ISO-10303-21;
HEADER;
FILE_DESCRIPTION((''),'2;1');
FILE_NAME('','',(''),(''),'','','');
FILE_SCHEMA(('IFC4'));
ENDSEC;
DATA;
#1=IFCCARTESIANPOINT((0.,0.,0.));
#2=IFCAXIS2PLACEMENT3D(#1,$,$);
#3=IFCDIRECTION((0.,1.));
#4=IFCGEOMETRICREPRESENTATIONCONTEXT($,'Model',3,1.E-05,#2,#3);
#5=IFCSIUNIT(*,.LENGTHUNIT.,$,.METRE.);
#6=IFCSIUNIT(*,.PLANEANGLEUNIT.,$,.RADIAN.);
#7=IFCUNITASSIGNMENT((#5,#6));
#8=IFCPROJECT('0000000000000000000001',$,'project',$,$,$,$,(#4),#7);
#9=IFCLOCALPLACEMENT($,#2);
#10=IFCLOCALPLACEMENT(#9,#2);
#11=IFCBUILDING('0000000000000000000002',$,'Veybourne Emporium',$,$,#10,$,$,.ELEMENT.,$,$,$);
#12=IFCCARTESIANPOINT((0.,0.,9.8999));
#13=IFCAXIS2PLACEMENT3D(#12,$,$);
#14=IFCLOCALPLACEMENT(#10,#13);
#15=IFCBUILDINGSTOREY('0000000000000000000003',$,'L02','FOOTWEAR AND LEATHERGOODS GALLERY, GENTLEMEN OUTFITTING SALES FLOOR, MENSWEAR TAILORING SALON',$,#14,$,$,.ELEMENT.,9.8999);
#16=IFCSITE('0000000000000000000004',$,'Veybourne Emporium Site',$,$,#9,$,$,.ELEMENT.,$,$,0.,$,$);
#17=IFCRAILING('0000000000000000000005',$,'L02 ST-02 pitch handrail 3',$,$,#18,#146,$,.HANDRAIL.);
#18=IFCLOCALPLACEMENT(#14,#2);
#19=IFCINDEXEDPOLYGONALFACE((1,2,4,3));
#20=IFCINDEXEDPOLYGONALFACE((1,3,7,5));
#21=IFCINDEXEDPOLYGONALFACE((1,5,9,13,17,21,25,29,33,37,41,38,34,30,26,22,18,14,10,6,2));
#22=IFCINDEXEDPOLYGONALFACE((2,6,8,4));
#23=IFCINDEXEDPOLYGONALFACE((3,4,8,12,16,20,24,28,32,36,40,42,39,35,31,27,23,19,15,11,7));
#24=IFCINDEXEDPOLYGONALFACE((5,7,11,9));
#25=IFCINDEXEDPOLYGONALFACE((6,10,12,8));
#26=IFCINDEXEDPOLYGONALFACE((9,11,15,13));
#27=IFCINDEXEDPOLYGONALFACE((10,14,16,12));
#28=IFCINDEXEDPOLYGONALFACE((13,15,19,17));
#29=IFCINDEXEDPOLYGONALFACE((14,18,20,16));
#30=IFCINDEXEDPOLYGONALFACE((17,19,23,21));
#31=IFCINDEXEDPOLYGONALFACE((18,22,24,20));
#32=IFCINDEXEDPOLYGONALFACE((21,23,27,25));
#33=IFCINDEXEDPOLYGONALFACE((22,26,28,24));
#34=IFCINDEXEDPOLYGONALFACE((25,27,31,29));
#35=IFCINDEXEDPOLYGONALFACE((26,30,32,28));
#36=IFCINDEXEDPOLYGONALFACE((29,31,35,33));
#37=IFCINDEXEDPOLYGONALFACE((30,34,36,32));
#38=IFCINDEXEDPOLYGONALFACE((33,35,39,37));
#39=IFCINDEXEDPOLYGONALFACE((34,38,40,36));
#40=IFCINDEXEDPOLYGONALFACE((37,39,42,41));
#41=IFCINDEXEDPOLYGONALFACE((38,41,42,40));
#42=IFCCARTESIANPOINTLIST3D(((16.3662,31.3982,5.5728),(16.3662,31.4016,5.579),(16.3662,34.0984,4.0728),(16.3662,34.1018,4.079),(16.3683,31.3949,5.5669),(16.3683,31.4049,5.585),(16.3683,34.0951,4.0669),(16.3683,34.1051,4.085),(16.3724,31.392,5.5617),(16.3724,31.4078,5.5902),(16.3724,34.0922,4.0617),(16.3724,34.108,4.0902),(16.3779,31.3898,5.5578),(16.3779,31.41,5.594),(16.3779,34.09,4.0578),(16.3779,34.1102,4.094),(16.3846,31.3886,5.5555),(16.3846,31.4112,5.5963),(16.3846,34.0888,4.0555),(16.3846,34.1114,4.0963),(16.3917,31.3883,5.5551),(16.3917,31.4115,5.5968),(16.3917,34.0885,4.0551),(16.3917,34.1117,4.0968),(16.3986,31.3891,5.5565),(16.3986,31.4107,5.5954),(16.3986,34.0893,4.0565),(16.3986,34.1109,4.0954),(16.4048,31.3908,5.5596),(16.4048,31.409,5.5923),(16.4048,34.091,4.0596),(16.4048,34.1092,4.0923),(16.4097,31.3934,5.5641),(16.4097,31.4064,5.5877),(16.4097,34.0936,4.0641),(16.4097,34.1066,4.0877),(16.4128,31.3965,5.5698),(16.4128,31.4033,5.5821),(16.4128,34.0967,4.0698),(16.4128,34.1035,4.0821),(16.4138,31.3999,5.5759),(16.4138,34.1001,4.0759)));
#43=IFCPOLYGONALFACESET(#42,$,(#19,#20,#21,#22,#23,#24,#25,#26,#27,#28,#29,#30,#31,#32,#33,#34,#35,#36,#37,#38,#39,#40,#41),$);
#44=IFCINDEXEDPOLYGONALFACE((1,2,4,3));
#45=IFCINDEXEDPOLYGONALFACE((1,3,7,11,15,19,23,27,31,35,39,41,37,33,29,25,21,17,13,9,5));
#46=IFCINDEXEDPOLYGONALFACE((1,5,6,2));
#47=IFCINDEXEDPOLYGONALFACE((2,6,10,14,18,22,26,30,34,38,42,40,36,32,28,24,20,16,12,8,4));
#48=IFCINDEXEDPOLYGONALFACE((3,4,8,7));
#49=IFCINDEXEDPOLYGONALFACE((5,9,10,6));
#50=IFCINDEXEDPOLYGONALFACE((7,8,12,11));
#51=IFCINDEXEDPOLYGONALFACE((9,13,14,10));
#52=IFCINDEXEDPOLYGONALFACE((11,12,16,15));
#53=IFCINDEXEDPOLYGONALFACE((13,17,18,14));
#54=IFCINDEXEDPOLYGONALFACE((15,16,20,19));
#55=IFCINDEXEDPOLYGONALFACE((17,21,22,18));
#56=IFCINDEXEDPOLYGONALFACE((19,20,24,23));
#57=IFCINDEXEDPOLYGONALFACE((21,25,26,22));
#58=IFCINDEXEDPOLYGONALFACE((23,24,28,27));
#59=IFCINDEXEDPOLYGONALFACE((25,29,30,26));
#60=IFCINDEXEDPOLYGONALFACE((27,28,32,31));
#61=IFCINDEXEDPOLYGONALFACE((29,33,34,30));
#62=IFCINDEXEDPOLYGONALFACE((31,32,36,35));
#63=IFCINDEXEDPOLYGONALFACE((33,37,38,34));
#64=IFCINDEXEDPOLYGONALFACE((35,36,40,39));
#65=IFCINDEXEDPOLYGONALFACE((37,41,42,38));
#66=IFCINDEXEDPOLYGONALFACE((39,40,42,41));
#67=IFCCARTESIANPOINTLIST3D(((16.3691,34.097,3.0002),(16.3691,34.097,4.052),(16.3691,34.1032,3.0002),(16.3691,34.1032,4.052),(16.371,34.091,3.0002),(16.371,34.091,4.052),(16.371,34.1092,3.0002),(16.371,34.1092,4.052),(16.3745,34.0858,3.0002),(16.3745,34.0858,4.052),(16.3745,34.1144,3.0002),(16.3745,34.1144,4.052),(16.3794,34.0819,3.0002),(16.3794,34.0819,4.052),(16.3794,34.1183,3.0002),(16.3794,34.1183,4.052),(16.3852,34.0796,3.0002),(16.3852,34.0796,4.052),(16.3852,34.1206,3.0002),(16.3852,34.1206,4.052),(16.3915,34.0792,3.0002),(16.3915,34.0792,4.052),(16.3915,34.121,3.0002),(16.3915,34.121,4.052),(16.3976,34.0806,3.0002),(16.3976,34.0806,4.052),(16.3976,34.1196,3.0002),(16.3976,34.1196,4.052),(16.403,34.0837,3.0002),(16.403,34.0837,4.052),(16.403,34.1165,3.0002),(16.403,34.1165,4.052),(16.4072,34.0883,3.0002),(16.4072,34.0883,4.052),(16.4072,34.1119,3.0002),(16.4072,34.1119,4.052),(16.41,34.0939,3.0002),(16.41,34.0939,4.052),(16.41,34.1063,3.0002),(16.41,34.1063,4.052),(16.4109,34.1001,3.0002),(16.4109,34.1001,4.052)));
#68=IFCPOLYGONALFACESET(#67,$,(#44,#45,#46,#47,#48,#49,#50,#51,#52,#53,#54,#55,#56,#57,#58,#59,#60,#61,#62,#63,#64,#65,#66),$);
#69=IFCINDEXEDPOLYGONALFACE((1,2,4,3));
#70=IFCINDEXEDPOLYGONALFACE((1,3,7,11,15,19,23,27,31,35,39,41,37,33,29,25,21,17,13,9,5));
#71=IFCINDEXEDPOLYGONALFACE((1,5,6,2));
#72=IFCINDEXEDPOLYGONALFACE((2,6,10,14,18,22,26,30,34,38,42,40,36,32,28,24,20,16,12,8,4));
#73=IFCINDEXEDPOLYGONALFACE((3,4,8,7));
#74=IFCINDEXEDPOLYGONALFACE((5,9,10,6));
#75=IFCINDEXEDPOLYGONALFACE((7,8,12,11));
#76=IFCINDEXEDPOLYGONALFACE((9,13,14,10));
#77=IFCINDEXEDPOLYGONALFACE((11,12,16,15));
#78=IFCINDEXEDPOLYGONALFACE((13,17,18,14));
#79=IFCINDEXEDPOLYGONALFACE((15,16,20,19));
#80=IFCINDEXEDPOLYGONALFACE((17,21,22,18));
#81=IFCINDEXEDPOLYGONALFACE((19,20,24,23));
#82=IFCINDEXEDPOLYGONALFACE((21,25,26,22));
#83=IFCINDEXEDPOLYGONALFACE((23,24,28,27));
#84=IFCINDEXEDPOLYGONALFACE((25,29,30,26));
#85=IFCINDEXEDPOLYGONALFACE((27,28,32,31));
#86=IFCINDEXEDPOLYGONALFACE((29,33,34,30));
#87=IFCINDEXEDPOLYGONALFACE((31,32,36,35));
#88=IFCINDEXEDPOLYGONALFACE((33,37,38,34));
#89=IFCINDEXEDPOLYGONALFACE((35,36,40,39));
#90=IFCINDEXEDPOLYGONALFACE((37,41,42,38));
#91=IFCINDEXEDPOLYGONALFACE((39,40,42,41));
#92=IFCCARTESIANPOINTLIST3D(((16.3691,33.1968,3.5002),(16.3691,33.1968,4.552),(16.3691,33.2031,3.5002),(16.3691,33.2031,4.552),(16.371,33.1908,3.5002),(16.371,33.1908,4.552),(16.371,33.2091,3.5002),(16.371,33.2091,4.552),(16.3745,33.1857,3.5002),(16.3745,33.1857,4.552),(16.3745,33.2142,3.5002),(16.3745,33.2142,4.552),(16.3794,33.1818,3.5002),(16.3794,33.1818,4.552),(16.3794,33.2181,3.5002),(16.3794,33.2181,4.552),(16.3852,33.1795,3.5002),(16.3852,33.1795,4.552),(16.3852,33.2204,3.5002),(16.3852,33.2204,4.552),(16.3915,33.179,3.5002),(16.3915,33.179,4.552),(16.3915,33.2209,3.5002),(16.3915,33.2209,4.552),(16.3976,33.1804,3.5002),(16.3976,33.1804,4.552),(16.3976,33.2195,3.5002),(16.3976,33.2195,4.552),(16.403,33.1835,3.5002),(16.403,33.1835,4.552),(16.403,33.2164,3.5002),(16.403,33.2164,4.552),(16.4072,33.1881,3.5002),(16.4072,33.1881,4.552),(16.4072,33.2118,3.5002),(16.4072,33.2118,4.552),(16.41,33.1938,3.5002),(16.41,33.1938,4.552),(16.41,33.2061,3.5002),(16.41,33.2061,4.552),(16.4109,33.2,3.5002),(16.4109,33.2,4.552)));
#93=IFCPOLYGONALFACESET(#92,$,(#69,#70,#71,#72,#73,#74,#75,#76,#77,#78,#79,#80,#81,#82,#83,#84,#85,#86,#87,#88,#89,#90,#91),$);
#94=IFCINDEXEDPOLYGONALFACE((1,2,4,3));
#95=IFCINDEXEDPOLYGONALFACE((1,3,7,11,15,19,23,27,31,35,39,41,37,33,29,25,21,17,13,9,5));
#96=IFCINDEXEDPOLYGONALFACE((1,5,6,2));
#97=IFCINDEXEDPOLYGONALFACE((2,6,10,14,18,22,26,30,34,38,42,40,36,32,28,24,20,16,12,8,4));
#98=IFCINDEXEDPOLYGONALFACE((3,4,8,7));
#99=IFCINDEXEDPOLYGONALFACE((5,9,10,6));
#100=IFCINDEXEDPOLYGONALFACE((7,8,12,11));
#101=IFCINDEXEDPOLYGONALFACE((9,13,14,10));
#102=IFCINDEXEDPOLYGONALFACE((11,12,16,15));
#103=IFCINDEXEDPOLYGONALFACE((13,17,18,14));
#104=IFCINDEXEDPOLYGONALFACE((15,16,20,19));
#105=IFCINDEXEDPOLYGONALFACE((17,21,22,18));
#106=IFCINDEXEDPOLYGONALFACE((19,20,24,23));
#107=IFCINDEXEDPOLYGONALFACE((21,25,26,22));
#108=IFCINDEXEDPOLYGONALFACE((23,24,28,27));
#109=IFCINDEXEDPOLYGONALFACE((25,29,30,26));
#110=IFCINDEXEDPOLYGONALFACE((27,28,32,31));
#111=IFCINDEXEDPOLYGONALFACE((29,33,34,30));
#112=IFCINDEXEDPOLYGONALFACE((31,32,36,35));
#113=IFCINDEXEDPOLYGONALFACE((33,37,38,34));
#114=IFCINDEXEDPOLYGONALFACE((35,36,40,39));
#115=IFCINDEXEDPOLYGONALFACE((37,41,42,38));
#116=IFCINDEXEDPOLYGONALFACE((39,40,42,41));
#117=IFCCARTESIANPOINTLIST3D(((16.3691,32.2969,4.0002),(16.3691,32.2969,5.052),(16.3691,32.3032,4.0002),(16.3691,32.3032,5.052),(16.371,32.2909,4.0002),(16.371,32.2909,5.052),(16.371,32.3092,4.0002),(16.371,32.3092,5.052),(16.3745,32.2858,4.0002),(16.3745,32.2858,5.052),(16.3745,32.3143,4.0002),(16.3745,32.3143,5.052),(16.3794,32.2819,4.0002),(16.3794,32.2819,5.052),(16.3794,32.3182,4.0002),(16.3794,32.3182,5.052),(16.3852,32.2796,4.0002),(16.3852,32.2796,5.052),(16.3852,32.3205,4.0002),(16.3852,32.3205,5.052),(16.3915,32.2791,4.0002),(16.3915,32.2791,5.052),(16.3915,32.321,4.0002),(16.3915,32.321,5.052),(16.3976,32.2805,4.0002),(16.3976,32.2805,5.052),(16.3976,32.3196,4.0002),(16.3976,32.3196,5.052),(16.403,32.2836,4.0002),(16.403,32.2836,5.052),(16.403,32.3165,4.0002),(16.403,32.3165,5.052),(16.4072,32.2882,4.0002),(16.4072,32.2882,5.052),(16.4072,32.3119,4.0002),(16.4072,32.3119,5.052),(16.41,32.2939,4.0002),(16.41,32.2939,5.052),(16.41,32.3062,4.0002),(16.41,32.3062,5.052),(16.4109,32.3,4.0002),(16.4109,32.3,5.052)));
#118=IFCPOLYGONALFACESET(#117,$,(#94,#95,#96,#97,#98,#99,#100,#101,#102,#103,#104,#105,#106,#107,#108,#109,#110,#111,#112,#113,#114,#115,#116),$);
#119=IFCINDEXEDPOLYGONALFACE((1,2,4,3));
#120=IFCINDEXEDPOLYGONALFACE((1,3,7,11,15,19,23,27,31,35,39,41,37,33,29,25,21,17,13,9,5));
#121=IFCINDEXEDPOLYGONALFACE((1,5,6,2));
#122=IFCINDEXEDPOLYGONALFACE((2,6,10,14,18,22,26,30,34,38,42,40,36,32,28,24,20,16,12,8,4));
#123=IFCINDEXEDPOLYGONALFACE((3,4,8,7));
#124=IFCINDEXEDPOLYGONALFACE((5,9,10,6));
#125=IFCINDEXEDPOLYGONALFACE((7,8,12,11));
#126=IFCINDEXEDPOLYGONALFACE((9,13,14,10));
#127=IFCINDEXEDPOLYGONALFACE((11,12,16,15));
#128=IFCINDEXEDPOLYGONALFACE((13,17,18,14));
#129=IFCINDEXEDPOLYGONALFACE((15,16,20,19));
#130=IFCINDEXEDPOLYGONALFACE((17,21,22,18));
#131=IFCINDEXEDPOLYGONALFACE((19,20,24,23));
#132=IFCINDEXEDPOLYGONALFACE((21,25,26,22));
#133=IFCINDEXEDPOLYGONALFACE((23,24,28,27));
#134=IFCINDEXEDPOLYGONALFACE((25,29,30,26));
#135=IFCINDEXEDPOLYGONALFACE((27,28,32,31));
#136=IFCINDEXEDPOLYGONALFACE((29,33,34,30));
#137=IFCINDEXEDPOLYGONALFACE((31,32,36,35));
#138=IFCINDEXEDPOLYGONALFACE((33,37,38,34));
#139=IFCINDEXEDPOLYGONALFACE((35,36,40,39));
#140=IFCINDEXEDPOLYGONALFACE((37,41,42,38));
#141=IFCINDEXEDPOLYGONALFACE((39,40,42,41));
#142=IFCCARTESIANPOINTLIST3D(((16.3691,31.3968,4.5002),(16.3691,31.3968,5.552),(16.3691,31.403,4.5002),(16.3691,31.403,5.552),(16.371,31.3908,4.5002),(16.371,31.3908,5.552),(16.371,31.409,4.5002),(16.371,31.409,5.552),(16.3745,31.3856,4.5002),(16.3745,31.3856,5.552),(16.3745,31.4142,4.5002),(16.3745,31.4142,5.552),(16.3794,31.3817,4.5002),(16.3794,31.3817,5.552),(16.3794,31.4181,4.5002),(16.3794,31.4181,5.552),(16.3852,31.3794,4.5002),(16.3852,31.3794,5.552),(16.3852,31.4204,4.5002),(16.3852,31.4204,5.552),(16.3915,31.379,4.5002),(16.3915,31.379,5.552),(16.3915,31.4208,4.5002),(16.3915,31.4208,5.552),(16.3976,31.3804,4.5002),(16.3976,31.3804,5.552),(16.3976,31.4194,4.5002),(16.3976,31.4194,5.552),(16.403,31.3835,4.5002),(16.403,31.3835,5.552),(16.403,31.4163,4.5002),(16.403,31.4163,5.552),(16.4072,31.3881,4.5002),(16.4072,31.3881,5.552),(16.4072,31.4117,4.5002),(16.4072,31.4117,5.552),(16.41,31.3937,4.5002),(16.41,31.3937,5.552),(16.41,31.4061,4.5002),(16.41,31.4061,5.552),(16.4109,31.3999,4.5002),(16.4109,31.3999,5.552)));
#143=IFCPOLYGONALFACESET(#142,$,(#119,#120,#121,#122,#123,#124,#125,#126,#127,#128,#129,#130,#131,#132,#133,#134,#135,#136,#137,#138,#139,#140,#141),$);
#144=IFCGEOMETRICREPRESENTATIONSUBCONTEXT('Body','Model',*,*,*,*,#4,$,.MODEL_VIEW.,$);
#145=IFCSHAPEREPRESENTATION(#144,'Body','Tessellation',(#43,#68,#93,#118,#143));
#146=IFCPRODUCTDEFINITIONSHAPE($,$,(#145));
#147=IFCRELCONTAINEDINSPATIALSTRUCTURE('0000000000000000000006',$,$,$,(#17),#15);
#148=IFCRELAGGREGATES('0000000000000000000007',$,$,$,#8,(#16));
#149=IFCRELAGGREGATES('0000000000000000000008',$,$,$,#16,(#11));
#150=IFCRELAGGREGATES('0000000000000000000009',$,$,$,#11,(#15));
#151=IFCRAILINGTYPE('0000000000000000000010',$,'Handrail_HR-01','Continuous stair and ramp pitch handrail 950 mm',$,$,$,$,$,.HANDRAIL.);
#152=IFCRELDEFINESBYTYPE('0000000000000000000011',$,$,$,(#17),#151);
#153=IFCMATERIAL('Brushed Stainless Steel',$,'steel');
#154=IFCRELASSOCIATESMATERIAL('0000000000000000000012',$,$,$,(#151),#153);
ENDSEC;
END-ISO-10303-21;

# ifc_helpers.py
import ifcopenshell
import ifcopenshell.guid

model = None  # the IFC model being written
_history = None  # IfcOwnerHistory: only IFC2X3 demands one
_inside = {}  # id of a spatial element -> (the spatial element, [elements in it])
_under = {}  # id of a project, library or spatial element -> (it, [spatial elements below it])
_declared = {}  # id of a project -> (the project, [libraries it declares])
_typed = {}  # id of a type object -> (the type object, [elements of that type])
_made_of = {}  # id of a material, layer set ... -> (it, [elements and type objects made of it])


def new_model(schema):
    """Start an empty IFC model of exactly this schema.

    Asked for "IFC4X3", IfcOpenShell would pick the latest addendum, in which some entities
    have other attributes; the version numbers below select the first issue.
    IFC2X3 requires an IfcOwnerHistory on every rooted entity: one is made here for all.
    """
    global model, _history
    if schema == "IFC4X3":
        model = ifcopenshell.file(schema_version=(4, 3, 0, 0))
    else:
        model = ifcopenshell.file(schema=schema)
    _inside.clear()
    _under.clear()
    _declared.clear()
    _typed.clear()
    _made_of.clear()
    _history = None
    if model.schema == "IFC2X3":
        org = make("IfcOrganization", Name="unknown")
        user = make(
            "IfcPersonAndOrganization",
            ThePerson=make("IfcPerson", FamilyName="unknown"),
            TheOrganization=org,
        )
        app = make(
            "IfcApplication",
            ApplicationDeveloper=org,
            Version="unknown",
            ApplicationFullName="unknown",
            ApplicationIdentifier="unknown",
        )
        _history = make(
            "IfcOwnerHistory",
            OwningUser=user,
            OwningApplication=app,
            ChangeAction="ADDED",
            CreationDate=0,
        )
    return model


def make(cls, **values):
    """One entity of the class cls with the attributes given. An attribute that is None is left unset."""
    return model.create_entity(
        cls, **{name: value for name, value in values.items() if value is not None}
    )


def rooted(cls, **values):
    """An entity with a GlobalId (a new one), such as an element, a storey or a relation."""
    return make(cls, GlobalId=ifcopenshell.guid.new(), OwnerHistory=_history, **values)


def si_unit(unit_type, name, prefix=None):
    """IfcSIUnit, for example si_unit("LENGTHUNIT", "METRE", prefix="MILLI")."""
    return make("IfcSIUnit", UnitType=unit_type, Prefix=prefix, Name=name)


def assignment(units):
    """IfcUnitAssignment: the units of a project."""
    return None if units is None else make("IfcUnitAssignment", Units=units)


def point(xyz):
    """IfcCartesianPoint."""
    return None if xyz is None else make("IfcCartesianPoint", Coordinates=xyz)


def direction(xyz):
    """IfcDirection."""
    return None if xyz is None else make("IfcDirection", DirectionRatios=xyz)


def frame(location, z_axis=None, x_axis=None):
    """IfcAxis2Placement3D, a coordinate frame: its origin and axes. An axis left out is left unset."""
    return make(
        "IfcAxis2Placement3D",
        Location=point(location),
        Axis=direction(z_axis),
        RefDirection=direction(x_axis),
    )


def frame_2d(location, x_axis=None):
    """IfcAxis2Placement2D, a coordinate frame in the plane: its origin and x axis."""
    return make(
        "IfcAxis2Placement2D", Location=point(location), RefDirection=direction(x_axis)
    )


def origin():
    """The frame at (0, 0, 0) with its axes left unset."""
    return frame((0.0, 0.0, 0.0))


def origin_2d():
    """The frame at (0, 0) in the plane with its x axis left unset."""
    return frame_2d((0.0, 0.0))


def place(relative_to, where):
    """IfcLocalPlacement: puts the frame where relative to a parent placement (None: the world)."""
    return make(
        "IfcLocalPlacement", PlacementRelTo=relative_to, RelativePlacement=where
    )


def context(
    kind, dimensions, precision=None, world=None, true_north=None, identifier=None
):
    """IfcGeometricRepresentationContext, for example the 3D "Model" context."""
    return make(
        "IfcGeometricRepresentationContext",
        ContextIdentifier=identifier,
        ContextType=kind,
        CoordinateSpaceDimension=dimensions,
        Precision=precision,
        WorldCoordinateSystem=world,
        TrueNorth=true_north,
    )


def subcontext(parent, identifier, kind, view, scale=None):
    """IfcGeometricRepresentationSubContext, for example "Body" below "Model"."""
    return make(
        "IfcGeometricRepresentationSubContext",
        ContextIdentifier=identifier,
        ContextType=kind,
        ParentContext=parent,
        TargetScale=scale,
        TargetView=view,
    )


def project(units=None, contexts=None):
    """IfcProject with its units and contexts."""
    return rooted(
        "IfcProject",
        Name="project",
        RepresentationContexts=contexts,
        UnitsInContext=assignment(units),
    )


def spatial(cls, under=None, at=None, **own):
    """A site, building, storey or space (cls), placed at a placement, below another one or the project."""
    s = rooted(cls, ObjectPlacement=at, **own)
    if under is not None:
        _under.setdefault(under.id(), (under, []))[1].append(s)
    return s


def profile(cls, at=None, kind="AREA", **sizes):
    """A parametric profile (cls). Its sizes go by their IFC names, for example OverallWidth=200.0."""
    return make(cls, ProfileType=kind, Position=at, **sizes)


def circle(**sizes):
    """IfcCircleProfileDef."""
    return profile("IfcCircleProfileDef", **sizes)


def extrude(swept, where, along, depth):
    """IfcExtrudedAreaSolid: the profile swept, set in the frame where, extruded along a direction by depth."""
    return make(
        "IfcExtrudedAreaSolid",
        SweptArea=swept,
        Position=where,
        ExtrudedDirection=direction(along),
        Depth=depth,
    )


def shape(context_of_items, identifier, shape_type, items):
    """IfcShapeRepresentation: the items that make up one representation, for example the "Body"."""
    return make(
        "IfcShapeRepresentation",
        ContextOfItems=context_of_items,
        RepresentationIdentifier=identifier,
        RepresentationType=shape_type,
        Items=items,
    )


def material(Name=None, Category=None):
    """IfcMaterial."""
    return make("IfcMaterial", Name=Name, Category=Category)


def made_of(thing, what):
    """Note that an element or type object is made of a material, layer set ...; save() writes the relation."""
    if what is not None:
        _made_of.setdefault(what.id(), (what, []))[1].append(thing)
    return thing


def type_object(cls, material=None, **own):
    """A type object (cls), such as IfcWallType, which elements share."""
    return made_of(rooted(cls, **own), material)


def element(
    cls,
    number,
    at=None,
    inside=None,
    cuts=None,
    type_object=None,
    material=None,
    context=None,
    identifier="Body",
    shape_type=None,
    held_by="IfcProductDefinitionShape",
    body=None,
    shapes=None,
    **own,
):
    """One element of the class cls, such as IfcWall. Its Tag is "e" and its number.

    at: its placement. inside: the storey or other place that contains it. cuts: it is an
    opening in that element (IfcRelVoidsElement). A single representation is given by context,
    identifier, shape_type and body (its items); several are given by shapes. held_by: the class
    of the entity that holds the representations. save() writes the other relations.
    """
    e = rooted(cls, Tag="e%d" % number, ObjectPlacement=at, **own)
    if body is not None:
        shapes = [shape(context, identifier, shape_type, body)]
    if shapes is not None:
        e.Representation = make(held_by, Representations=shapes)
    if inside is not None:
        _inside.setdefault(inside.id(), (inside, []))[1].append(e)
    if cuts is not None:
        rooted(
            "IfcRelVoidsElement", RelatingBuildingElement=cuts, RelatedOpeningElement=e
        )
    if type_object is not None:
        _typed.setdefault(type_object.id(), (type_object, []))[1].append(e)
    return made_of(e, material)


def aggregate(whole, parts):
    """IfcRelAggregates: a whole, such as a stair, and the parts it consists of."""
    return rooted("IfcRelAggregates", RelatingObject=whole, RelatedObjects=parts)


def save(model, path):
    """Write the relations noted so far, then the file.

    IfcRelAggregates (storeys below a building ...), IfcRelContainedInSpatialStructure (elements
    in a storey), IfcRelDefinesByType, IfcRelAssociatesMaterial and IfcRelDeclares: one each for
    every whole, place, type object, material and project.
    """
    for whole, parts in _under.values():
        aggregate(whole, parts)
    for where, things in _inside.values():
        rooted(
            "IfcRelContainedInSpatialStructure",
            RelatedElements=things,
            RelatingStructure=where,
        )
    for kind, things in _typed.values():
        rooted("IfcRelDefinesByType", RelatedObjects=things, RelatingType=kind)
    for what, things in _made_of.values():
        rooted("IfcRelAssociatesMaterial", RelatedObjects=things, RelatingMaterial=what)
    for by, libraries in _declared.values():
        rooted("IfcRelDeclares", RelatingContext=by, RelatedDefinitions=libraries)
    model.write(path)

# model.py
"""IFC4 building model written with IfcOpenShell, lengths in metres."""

from ifc_helpers import new_model, si_unit, direction, frame, origin, origin_2d, place, context, subcontext, project, spatial, circle, extrude, material, type_object, element, save


model = new_model("IFC4")

# Units and contexts
model_context = context("Model", 3, precision=1e-05, world=origin(), true_north=direction((0.0, 1.0)))
body_context = subcontext(model_context, "Body", "Model", "MODEL_VIEW")
ifc_project = project(units=[si_unit("LENGTHUNIT", "METRE"), si_unit("PLANEANGLEUNIT", "RADIAN")], contexts=[model_context])

# Site, building, storey
site_placement = place(None, origin())
site = spatial("IfcSite", under=ifc_project, at=site_placement, Name="Veybourne Emporium Site", CompositionType="ELEMENT", RefElevation=0.0)
building_placement = place(site_placement, origin())
building = spatial("IfcBuilding", under=site, at=building_placement, Name="Veybourne Emporium", CompositionType="ELEMENT")
storey_placement = place(building_placement, frame((0.0, 0.0, 9.8999)))
storey = spatial("IfcBuildingStorey", under=building, at=storey_placement, Name="L02", Description="FOOTWEAR AND LEATHERGOODS GALLERY, GENTLEMEN OUTFITTING SALES FLOOR, MENSWEAR TAILORING SALON", CompositionType="ELEMENT", Elevation=9.8999)

# Railing
ifc_material_1 = material(Name="Brushed Stainless Steel", Category="steel")
railing_type_1 = type_object("IfcRailingType", Name="Handrail_HR-01", Description="Continuous stair and ramp pitch handrail 950 mm", PredefinedType="HANDRAIL", material=ifc_material_1)
railing_1_placement = place(storey_placement, frame((16.3899, 34.1001, 3.1501)))
element("IfcRailing", 1, at=railing_1_placement, inside=storey, type_object=railing_type_1, Name="L02 ST-02 pitch handrail 3", PredefinedType="HANDRAIL", context=body_context, shape_type="SweptSolid", body=[
    extrude(circle(Radius=0.0239, at=origin_2d()), frame((0.0, 0.0, 0.9258), z_axis=(0.0, -0.874172, 0.485616), x_axis=(1.0, 0.0, 0.0)), (0.0, 0.0, 1.0), 3.0889),
    extrude(circle(Radius=0.021, at=origin_2d()), frame((0.0, 0.0, -0.1499)), (0.0, 0.0, 1.0), 1.0518),
    extrude(circle(Radius=0.021, at=origin_2d()), frame((0.0, -0.9001, 0.3501)), (0.0, 0.0, 1.0), 1.0518),
    extrude(circle(Radius=0.021, at=origin_2d()), frame((0.0, -1.8, 0.8501)), (0.0, 0.0, 1.0), 1.0518),
    extrude(circle(Radius=0.021, at=origin_2d()), frame((0.0, -2.7002, 1.3501)), (0.0, 0.0, 1.0), 1.0518),
])

save(model, "model.ifc")
